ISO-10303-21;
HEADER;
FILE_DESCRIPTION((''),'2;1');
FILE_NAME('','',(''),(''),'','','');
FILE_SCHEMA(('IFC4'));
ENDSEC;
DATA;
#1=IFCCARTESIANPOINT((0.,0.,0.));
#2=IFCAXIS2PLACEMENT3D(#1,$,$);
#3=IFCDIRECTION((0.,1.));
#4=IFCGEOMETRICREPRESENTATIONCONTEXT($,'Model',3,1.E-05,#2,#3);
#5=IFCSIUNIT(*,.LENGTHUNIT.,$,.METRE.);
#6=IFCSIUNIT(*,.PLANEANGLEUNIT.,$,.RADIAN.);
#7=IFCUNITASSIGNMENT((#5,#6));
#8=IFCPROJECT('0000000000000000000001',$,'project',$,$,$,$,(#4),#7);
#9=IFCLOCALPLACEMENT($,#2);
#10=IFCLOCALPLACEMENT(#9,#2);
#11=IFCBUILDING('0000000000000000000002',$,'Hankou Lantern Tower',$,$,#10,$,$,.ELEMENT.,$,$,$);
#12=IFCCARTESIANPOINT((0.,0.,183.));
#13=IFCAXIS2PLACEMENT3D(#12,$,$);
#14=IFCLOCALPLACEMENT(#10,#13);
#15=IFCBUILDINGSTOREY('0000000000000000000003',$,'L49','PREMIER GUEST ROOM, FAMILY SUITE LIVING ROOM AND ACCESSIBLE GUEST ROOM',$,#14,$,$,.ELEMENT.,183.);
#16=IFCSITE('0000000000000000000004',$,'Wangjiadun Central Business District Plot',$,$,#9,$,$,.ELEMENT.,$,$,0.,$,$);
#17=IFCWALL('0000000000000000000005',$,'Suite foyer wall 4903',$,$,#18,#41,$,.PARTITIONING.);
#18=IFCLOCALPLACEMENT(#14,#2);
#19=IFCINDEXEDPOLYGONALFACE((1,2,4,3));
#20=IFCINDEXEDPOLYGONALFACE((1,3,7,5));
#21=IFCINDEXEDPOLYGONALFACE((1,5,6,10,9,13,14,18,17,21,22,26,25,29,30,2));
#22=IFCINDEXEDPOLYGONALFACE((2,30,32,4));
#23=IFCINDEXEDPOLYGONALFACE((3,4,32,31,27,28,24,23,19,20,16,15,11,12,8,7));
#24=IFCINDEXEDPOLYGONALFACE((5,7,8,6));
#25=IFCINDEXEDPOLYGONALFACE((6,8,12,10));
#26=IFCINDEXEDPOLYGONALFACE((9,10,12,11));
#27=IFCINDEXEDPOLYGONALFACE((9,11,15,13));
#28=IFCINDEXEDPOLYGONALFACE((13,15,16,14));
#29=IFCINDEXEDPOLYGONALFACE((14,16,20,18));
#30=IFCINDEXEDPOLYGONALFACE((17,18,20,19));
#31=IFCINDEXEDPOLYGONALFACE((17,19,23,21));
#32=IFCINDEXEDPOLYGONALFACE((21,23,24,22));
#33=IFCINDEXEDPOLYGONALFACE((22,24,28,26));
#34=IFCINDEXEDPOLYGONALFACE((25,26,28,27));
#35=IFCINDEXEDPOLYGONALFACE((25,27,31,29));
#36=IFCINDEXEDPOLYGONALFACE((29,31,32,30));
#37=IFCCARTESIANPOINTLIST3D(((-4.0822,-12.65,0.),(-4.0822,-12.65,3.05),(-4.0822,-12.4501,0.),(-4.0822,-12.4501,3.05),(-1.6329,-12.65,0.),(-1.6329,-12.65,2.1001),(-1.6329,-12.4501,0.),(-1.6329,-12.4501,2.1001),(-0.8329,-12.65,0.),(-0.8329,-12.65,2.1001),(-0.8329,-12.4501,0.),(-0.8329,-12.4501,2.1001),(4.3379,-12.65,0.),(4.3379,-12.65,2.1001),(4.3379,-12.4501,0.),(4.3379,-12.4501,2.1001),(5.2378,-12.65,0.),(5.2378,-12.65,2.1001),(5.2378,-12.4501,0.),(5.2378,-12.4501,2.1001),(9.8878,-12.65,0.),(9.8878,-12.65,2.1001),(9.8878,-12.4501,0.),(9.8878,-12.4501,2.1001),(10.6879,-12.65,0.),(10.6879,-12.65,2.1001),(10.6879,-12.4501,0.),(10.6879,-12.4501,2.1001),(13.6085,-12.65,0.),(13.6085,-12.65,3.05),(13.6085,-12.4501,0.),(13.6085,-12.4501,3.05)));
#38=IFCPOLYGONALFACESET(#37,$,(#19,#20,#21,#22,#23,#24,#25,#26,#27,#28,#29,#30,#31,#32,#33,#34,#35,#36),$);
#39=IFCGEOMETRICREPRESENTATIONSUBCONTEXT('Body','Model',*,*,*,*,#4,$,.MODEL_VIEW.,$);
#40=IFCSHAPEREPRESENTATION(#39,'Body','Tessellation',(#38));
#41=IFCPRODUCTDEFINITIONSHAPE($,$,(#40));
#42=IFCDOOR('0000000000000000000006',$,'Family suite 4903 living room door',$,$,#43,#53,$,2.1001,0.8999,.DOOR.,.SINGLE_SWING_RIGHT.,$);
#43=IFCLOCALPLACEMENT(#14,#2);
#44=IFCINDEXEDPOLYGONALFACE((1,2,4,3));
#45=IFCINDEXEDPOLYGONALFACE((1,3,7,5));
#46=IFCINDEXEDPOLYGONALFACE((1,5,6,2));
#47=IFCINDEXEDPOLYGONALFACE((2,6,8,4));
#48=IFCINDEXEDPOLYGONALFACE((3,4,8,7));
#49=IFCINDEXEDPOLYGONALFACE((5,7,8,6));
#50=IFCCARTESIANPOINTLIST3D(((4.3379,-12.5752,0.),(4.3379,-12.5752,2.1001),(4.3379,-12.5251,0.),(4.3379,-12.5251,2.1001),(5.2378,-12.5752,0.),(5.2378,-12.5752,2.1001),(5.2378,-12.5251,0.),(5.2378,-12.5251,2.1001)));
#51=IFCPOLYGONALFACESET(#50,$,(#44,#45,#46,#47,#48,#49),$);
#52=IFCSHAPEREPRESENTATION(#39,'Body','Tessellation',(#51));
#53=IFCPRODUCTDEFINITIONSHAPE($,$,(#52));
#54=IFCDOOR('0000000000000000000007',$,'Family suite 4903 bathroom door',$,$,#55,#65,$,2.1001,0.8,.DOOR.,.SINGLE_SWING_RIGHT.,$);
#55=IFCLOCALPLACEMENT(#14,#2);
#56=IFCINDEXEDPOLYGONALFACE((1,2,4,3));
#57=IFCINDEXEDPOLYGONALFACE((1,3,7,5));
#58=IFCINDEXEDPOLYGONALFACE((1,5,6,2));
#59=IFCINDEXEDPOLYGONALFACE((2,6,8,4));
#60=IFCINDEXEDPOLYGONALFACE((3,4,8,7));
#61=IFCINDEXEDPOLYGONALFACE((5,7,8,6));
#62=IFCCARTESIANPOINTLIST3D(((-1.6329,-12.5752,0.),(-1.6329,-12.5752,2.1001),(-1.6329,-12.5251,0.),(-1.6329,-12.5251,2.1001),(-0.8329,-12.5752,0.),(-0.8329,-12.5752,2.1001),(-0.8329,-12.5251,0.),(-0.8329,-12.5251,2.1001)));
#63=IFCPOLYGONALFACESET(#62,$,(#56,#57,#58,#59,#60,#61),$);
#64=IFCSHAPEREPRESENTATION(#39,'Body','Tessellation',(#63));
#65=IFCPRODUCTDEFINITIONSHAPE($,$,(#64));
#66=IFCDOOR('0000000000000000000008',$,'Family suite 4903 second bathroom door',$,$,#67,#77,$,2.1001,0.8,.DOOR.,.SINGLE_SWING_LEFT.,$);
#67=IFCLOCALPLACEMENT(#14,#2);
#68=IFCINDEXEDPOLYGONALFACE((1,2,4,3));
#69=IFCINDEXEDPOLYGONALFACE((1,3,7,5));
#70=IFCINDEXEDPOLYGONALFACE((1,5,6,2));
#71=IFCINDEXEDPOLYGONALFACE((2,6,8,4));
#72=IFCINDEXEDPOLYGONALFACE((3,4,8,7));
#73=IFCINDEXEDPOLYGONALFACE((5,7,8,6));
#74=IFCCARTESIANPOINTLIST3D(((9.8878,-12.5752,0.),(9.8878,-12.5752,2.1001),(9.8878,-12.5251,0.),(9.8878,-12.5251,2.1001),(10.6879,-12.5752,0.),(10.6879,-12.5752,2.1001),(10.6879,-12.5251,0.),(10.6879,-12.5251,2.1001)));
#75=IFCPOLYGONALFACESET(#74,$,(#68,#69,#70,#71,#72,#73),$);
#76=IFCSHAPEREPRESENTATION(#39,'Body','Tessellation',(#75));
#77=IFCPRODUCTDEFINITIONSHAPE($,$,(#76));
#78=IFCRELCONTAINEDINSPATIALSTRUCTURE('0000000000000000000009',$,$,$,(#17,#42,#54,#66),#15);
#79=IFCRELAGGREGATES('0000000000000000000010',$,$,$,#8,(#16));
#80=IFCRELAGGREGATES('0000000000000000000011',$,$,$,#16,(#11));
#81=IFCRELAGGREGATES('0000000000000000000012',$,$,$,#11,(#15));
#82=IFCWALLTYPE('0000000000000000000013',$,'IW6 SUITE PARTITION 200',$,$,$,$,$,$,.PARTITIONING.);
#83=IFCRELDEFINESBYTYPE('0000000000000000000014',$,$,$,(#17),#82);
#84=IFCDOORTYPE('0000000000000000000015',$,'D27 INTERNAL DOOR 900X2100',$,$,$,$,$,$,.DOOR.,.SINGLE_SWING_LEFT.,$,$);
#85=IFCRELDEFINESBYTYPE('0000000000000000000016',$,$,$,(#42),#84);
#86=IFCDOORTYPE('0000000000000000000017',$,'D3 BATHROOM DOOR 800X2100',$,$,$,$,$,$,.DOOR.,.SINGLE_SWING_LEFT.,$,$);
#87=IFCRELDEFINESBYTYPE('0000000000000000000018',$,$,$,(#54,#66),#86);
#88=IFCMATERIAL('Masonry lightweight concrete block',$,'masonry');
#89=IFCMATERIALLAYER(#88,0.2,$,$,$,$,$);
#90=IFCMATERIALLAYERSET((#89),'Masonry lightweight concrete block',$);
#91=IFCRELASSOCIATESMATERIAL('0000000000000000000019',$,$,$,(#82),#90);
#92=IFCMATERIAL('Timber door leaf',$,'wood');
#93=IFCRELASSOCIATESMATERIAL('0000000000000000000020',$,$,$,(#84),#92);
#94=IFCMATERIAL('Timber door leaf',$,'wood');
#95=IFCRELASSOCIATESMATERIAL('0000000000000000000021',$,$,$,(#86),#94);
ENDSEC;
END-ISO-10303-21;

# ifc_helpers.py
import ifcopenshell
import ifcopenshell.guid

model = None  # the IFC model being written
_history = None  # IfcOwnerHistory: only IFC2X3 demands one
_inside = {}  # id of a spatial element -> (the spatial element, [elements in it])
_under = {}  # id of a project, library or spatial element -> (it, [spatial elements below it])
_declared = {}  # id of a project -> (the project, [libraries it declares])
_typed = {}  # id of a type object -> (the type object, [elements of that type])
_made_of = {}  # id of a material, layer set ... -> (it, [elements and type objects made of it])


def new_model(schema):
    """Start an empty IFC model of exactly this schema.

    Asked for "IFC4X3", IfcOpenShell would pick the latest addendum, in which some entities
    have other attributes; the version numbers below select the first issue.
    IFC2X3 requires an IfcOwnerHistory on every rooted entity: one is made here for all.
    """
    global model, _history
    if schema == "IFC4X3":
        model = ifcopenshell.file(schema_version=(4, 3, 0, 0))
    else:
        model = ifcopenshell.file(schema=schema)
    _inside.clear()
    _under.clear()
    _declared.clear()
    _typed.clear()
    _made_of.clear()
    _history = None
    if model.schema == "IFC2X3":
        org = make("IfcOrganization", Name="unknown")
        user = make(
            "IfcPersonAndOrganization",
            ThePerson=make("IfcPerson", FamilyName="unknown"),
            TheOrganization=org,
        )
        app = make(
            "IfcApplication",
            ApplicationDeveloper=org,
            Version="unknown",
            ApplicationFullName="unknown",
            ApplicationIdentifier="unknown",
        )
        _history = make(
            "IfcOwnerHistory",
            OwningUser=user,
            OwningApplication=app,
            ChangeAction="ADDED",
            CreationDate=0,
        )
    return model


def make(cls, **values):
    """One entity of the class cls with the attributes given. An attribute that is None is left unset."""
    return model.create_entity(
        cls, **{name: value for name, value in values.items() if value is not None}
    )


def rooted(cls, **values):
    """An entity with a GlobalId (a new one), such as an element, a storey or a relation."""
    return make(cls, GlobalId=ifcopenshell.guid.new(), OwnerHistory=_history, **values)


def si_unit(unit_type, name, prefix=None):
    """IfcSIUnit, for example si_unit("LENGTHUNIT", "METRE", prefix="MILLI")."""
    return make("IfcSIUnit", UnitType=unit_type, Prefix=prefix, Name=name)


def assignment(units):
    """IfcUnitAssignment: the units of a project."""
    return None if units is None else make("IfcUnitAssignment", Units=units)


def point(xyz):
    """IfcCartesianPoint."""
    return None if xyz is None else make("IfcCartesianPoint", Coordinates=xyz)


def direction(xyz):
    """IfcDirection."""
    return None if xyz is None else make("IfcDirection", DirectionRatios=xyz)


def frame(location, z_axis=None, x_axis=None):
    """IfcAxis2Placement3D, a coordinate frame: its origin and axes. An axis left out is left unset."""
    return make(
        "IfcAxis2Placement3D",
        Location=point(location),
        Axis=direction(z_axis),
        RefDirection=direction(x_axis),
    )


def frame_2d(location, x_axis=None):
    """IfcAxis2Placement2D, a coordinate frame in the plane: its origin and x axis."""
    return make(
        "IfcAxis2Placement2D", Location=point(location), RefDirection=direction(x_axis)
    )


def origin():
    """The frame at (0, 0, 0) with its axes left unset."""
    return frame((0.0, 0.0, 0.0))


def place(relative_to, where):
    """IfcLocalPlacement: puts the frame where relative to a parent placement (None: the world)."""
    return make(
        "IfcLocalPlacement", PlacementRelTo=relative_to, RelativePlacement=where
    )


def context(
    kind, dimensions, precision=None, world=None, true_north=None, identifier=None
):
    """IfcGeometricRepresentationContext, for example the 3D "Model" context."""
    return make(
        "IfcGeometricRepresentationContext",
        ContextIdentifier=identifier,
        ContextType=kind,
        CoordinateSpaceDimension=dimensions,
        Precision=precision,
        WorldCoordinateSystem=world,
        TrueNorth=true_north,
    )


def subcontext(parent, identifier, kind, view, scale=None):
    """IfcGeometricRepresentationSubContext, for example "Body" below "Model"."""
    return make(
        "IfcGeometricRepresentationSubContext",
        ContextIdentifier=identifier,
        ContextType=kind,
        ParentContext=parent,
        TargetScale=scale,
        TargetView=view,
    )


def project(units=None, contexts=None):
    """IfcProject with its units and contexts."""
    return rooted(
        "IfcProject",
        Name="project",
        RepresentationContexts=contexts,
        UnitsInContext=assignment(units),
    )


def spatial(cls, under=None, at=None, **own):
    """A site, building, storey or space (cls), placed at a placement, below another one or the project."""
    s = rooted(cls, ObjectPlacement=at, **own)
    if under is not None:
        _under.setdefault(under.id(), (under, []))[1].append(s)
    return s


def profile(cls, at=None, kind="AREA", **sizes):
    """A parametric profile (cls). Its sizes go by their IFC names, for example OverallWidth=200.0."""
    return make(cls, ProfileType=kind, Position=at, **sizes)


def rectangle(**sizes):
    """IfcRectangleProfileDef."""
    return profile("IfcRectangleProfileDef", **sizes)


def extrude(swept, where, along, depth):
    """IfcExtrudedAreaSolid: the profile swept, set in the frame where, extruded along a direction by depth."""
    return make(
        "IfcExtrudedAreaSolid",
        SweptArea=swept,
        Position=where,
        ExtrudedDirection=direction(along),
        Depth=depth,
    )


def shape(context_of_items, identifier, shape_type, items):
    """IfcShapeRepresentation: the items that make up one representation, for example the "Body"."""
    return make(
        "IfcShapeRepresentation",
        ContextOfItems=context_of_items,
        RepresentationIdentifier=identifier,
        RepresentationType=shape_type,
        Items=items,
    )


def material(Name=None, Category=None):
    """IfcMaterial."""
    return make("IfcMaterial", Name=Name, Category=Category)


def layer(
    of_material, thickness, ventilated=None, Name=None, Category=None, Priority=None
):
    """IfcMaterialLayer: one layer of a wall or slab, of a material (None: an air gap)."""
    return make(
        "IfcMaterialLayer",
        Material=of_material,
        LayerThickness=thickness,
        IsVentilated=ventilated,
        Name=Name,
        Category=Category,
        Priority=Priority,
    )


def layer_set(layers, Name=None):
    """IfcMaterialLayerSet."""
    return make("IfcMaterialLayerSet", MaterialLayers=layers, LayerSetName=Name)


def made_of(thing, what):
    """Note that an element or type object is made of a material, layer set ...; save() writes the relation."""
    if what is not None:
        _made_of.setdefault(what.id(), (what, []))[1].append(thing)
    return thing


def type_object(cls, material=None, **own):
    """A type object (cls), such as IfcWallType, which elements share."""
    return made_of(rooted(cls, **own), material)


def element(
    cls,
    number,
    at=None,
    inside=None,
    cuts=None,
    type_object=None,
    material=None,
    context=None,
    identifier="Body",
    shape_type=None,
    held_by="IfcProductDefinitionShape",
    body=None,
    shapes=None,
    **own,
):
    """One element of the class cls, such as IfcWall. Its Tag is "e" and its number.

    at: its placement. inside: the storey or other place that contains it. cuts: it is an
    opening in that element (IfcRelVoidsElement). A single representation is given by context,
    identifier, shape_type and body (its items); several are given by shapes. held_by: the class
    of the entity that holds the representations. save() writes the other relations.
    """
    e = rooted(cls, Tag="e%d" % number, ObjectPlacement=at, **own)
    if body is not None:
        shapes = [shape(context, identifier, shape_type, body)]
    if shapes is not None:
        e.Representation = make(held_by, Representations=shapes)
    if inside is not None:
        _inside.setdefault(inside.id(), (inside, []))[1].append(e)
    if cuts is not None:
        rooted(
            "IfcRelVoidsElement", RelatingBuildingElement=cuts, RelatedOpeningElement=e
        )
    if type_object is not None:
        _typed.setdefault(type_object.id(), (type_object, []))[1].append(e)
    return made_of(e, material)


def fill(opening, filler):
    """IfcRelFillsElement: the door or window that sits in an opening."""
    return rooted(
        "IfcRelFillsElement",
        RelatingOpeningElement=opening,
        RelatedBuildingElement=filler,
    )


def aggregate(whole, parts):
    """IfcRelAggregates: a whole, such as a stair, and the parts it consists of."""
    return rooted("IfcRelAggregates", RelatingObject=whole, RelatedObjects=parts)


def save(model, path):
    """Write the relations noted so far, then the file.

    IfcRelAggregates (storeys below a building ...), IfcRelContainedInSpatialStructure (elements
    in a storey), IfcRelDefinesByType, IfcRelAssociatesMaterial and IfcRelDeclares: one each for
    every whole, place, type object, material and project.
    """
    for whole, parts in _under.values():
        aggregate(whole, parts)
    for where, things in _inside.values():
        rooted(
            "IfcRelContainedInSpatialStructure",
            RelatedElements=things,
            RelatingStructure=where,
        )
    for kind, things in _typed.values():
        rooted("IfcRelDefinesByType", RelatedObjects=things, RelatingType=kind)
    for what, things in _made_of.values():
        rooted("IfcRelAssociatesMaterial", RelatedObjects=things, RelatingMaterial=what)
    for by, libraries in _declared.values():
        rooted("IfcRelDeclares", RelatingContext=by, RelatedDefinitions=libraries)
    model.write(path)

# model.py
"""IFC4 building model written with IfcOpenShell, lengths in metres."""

from ifc_helpers import new_model, si_unit, direction, frame, frame_2d, origin, place, context, subcontext, project, spatial, rectangle, extrude, material, layer, layer_set, type_object, element, fill, save


model = new_model("IFC4")

# Units and contexts
model_context = context("Model", 3, precision=1e-05, world=origin(), true_north=direction((0.0, 1.0)))
body_context = subcontext(model_context, "Body", "Model", "MODEL_VIEW")
ifc_project = project(units=[si_unit("LENGTHUNIT", "METRE"), si_unit("PLANEANGLEUNIT", "RADIAN")], contexts=[model_context])

# Site, building, storey
site_placement = place(None, origin())
site = spatial("IfcSite", under=ifc_project, at=site_placement, Name="Wangjiadun Central Business District Plot", CompositionType="ELEMENT", RefElevation=0.0)
building_placement = place(site_placement, origin())
building = spatial("IfcBuilding", under=site, at=building_placement, Name="Hankou Lantern Tower", CompositionType="ELEMENT")
storey_placement = place(building_placement, frame((0.0, 0.0, 183.0)))
storey = spatial("IfcBuildingStorey", under=building, at=storey_placement, Name="L49", Description="PREMIER GUEST ROOM, FAMILY SUITE LIVING ROOM AND ACCESSIBLE GUEST ROOM", CompositionType="ELEMENT", Elevation=183.0)

# Wall, openings, doors
ifc_material_1 = material(Name="Masonry lightweight concrete block", Category="masonry")
ifc_layer_1 = layer(ifc_material_1, 0.2)
ifc_layer_set_1 = layer_set([ifc_layer_1], Name="Masonry lightweight concrete block")
wall_type_1 = type_object("IfcWallType", Name="IW6 SUITE PARTITION 200", PredefinedType="PARTITIONING", material=ifc_layer_set_1)
wall_1_placement = place(storey_placement, frame((-4.082, -12.55, 0.0), z_axis=(0.0, 0.0, 1.0), x_axis=(1.0, 0.0, 0.0)))
wall_1 = element("IfcWall", 1, at=wall_1_placement, inside=storey, type_object=wall_type_1, Name="Suite foyer wall 4903", PredefinedType="PARTITIONING", context=body_context, shape_type="SweptSolid", body=[
    extrude(rectangle(XDim=17.6907, YDim=0.2, at=frame_2d((8.8452, 0.0))), origin(), (0.0, 0.0, 1.0), 3.05),
])
opening_1_placement = place(wall_1_placement, frame((2.4492, 0.0, 0.0)))
opening_1 = element("IfcOpeningElement", 2, at=opening_1_placement, cuts=wall_1, PredefinedType="OPENING", context=body_context, shape_type="SweptSolid", body=[
    extrude(rectangle(XDim=0.8, YDim=2.1001, at=frame_2d((0.3999, 1.05))), frame((0.0, 0.1099, 0.0), z_axis=(0.0, -1.0, 0.0), x_axis=(1.0, 0.0, 0.0)), (0.0, 0.0, 1.0), 0.22),
])
opening_2_placement = place(wall_1_placement, frame((13.97, 0.0, 0.0)))
opening_2 = element("IfcOpeningElement", 3, at=opening_2_placement, cuts=wall_1, PredefinedType="OPENING", context=body_context, shape_type="SweptSolid", body=[
    extrude(rectangle(XDim=0.8, YDim=2.1001, at=frame_2d((0.3999, 1.05))), frame((0.0, 0.1099, 0.0), z_axis=(0.0, -1.0, 0.0), x_axis=(1.0, 0.0, 0.0)), (0.0, 0.0, 1.0), 0.22),
])
opening_3_placement = place(wall_1_placement, frame((8.4199, 0.0, 0.0)))
opening_3 = element("IfcOpeningElement", 4, at=opening_3_placement, cuts=wall_1, PredefinedType="OPENING", context=body_context, shape_type="SweptSolid", body=[
    extrude(rectangle(XDim=0.8999, YDim=2.1001, at=frame_2d((0.45, 1.05))), frame((0.0, 0.1099, 0.0), z_axis=(0.0, -1.0, 0.0), x_axis=(1.0, 0.0, 0.0)), (0.0, 0.0, 1.0), 0.22),
])
ifc_material_2 = material(Name="Timber door leaf", Category="wood")
door_type_1 = type_object("IfcDoorType", Name="D27 INTERNAL DOOR 900X2100", OperationType="SINGLE_SWING_LEFT", PredefinedType="DOOR", material=ifc_material_2)
door_1_placement = place(opening_3_placement, origin())
door_1 = element("IfcDoor", 5, at=door_1_placement, inside=storey, type_object=door_type_1, Name="Family suite 4903 living room door", OperationType="SINGLE_SWING_RIGHT", OverallHeight=2.1001, OverallWidth=0.8999, PredefinedType="DOOR", context=body_context, shape_type="SweptSolid", body=[
    extrude(rectangle(XDim=0.8999, YDim=2.1001, at=frame_2d((0.45, 1.05))), frame((0.0, 0.0249, 0.0), z_axis=(0.0, -1.0, 0.0), x_axis=(1.0, 0.0, 0.0)), (0.0, 0.0, 1.0), 0.05),
])
fill(opening_3, door_1)
ifc_material_3 = material(Name="Timber door leaf", Category="wood")
door_type_2 = type_object("IfcDoorType", Name="D3 BATHROOM DOOR 800X2100", OperationType="SINGLE_SWING_LEFT", PredefinedType="DOOR", material=ifc_material_3)
door_2_placement = place(opening_1_placement, origin())
door_2 = element("IfcDoor", 6, at=door_2_placement, inside=storey, type_object=door_type_2, Name="Family suite 4903 bathroom door", OperationType="SINGLE_SWING_RIGHT", OverallHeight=2.1001, OverallWidth=0.8, PredefinedType="DOOR", context=body_context, shape_type="SweptSolid", body=[
    extrude(rectangle(XDim=0.8, YDim=2.1001, at=frame_2d((0.3999, 1.05))), frame((0.0, 0.0249, 0.0), z_axis=(0.0, -1.0, 0.0), x_axis=(1.0, 0.0, 0.0)), (0.0, 0.0, 1.0), 0.05),
])
fill(opening_1, door_2)
door_3_placement = place(opening_2_placement, origin())
door_3 = element("IfcDoor", 7, at=door_3_placement, inside=storey, type_object=door_type_2, Name="Family suite 4903 second bathroom door", OperationType="SINGLE_SWING_LEFT", OverallHeight=2.1001, OverallWidth=0.8, PredefinedType="DOOR", context=body_context, shape_type="SweptSolid", body=[
    extrude(rectangle(XDim=0.8, YDim=2.1001, at=frame_2d((0.3999, 1.05))), frame((0.0, 0.0249, 0.0), z_axis=(0.0, -1.0, 0.0), x_axis=(1.0, 0.0, 0.0)), (0.0, 0.0, 1.0), 0.05),
])
fill(opening_2, door_3)

save(model, "model.ifc")
